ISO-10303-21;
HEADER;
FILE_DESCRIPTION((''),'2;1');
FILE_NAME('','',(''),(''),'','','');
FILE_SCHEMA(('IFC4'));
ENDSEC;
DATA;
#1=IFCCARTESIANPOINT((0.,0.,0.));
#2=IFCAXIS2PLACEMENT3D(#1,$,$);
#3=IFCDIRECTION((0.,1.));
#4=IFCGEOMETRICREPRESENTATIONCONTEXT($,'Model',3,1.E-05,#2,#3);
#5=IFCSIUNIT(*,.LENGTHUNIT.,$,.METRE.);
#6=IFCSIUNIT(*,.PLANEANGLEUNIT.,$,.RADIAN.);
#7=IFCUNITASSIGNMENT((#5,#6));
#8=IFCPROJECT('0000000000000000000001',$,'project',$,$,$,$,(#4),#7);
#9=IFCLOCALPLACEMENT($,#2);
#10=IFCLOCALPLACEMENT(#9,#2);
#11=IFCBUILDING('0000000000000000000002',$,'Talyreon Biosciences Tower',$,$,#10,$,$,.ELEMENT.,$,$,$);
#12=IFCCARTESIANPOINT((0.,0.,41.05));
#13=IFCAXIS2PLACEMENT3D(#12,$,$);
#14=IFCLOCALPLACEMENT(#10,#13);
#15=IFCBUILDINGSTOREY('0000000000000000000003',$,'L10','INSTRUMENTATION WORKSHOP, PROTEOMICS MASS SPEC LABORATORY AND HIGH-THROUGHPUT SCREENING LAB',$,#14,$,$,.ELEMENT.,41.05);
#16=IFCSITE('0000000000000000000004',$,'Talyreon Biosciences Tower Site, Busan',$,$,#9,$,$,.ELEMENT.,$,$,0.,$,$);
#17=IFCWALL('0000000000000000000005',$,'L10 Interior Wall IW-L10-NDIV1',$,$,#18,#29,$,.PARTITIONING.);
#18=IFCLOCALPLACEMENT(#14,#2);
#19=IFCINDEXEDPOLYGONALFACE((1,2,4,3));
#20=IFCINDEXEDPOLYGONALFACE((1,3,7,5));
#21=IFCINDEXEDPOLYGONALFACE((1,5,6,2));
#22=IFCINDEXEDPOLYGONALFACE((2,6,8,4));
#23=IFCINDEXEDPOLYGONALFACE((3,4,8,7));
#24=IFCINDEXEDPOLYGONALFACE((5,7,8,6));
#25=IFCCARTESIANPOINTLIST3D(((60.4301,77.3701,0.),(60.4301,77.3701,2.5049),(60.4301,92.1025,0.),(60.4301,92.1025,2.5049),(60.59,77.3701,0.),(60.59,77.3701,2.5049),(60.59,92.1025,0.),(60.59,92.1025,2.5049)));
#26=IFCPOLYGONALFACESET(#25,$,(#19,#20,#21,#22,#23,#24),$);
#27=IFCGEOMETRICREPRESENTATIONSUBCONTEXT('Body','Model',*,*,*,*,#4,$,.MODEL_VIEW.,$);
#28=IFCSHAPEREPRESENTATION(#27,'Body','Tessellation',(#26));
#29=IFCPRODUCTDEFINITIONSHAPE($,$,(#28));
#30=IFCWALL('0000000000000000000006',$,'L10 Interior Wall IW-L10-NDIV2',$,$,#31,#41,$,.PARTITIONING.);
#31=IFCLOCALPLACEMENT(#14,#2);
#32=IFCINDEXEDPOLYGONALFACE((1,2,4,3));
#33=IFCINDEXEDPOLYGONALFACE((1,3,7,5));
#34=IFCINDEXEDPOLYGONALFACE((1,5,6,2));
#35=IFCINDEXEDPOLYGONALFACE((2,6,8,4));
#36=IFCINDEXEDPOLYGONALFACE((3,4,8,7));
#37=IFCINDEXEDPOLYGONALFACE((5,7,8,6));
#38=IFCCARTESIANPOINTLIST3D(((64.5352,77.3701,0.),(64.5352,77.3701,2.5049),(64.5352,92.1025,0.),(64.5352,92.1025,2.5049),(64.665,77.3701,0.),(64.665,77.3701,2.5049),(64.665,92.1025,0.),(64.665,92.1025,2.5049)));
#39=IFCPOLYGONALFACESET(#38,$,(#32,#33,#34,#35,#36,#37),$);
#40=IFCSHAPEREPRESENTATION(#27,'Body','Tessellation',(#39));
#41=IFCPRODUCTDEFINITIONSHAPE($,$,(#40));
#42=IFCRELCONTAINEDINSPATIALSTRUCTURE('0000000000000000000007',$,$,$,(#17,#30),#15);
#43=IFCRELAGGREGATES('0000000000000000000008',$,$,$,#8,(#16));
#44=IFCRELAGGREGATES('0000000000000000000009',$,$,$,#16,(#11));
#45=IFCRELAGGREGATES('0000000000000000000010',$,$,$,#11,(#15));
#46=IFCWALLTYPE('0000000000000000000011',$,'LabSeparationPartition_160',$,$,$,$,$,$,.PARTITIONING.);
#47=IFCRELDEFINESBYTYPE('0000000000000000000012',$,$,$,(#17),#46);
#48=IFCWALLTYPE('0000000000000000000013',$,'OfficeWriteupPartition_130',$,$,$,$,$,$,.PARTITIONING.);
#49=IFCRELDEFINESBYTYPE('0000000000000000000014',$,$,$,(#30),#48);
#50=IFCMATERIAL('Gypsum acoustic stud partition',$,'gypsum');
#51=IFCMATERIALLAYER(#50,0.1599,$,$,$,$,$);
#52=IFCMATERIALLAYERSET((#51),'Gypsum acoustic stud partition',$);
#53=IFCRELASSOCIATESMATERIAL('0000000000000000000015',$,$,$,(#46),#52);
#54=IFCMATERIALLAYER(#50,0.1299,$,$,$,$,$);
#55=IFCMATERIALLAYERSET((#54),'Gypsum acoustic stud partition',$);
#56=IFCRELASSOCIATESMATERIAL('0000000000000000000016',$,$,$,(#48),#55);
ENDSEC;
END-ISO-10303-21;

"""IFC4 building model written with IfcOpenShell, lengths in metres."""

from ifc_helpers import new_model, si_unit, direction, frame, frame_2d, origin, place, context, subcontext, project, spatial, rectangle, extrude, material, layer, layer_set, type_object, element, save


model = new_model("IFC4")

# Units and contexts
model_context = context("Model", 3, precision=1e-05, world=origin(), true_north=direction((0.0, 1.0)))
body_context = subcontext(model_context, "Body", "Model", "MODEL_VIEW")
ifc_project = project(units=[si_unit("LENGTHUNIT", "METRE"), si_unit("PLANEANGLEUNIT", "RADIAN")], contexts=[model_context])

# Site, building, storey
site_placement = place(None, origin())
site = spatial("IfcSite", under=ifc_project, at=site_placement, Name="Talyreon Biosciences Tower Site, Busan", CompositionType="ELEMENT", RefElevation=0.0)
building_placement = place(site_placement, origin())
building = spatial("IfcBuilding", under=site, at=building_placement, Name="Talyreon Biosciences Tower", CompositionType="ELEMENT")
storey_placement = place(building_placement, frame((0.0, 0.0, 41.05)))
storey = spatial("IfcBuildingStorey", under=building, at=storey_placement, Name="L10", Description="INSTRUMENTATION WORKSHOP, PROTEOMICS MASS SPEC LABORATORY AND HIGH-THROUGHPUT SCREENING LAB", CompositionType="ELEMENT", Elevation=41.05)

# Walls
ifc_material_1 = material(Name="Gypsum acoustic stud partition", Category="gypsum")
ifc_layer_1 = layer(ifc_material_1, 0.1599)
ifc_layer_set_1 = layer_set([ifc_layer_1], Name="Gypsum acoustic stud partition")
wall_type_1 = type_object("IfcWallType", Name="LabSeparationPartition_160", PredefinedType="PARTITIONING", material=ifc_layer_set_1)
wall_1_placement = place(storey_placement, frame((60.51, 77.3701, 0.0), z_axis=(0.0, 0.0, 1.0), x_axis=(0.0, 1.0, 0.0)))
element("IfcWall", 1, at=wall_1_placement, inside=storey, type_object=wall_type_1, Name="L10 Interior Wall IW-L10-NDIV1", PredefinedType="PARTITIONING", context=body_context, shape_type="SweptSolid", body=[
    extrude(rectangle(XDim=14.7324, YDim=0.1599, at=frame_2d((7.3662, 0.0))), origin(), (0.0, 0.0, 1.0), 2.5049),
])
ifc_layer_2 = layer(ifc_material_1, 0.1299)
ifc_layer_set_2 = layer_set([ifc_layer_2], Name="Gypsum acoustic stud partition")
wall_type_2 = type_object("IfcWallType", Name="OfficeWriteupPartition_130", PredefinedType="PARTITIONING", material=ifc_layer_set_2)
wall_2_placement = place(storey_placement, frame((64.6001, 77.3701, 0.0), z_axis=(0.0, 0.0, 1.0), x_axis=(0.0, 1.0, 0.0)))
element("IfcWall", 2, at=wall_2_placement, inside=storey, type_object=wall_type_2, Name="L10 Interior Wall IW-L10-NDIV2", PredefinedType="PARTITIONING", context=body_context, shape_type="SweptSolid", body=[
    extrude(rectangle(XDim=14.7324, YDim=0.1299, at=frame_2d((7.3662, 0.0))), origin(), (0.0, 0.0, 1.0), 2.5049),
])

save(model, "model.ifc")
